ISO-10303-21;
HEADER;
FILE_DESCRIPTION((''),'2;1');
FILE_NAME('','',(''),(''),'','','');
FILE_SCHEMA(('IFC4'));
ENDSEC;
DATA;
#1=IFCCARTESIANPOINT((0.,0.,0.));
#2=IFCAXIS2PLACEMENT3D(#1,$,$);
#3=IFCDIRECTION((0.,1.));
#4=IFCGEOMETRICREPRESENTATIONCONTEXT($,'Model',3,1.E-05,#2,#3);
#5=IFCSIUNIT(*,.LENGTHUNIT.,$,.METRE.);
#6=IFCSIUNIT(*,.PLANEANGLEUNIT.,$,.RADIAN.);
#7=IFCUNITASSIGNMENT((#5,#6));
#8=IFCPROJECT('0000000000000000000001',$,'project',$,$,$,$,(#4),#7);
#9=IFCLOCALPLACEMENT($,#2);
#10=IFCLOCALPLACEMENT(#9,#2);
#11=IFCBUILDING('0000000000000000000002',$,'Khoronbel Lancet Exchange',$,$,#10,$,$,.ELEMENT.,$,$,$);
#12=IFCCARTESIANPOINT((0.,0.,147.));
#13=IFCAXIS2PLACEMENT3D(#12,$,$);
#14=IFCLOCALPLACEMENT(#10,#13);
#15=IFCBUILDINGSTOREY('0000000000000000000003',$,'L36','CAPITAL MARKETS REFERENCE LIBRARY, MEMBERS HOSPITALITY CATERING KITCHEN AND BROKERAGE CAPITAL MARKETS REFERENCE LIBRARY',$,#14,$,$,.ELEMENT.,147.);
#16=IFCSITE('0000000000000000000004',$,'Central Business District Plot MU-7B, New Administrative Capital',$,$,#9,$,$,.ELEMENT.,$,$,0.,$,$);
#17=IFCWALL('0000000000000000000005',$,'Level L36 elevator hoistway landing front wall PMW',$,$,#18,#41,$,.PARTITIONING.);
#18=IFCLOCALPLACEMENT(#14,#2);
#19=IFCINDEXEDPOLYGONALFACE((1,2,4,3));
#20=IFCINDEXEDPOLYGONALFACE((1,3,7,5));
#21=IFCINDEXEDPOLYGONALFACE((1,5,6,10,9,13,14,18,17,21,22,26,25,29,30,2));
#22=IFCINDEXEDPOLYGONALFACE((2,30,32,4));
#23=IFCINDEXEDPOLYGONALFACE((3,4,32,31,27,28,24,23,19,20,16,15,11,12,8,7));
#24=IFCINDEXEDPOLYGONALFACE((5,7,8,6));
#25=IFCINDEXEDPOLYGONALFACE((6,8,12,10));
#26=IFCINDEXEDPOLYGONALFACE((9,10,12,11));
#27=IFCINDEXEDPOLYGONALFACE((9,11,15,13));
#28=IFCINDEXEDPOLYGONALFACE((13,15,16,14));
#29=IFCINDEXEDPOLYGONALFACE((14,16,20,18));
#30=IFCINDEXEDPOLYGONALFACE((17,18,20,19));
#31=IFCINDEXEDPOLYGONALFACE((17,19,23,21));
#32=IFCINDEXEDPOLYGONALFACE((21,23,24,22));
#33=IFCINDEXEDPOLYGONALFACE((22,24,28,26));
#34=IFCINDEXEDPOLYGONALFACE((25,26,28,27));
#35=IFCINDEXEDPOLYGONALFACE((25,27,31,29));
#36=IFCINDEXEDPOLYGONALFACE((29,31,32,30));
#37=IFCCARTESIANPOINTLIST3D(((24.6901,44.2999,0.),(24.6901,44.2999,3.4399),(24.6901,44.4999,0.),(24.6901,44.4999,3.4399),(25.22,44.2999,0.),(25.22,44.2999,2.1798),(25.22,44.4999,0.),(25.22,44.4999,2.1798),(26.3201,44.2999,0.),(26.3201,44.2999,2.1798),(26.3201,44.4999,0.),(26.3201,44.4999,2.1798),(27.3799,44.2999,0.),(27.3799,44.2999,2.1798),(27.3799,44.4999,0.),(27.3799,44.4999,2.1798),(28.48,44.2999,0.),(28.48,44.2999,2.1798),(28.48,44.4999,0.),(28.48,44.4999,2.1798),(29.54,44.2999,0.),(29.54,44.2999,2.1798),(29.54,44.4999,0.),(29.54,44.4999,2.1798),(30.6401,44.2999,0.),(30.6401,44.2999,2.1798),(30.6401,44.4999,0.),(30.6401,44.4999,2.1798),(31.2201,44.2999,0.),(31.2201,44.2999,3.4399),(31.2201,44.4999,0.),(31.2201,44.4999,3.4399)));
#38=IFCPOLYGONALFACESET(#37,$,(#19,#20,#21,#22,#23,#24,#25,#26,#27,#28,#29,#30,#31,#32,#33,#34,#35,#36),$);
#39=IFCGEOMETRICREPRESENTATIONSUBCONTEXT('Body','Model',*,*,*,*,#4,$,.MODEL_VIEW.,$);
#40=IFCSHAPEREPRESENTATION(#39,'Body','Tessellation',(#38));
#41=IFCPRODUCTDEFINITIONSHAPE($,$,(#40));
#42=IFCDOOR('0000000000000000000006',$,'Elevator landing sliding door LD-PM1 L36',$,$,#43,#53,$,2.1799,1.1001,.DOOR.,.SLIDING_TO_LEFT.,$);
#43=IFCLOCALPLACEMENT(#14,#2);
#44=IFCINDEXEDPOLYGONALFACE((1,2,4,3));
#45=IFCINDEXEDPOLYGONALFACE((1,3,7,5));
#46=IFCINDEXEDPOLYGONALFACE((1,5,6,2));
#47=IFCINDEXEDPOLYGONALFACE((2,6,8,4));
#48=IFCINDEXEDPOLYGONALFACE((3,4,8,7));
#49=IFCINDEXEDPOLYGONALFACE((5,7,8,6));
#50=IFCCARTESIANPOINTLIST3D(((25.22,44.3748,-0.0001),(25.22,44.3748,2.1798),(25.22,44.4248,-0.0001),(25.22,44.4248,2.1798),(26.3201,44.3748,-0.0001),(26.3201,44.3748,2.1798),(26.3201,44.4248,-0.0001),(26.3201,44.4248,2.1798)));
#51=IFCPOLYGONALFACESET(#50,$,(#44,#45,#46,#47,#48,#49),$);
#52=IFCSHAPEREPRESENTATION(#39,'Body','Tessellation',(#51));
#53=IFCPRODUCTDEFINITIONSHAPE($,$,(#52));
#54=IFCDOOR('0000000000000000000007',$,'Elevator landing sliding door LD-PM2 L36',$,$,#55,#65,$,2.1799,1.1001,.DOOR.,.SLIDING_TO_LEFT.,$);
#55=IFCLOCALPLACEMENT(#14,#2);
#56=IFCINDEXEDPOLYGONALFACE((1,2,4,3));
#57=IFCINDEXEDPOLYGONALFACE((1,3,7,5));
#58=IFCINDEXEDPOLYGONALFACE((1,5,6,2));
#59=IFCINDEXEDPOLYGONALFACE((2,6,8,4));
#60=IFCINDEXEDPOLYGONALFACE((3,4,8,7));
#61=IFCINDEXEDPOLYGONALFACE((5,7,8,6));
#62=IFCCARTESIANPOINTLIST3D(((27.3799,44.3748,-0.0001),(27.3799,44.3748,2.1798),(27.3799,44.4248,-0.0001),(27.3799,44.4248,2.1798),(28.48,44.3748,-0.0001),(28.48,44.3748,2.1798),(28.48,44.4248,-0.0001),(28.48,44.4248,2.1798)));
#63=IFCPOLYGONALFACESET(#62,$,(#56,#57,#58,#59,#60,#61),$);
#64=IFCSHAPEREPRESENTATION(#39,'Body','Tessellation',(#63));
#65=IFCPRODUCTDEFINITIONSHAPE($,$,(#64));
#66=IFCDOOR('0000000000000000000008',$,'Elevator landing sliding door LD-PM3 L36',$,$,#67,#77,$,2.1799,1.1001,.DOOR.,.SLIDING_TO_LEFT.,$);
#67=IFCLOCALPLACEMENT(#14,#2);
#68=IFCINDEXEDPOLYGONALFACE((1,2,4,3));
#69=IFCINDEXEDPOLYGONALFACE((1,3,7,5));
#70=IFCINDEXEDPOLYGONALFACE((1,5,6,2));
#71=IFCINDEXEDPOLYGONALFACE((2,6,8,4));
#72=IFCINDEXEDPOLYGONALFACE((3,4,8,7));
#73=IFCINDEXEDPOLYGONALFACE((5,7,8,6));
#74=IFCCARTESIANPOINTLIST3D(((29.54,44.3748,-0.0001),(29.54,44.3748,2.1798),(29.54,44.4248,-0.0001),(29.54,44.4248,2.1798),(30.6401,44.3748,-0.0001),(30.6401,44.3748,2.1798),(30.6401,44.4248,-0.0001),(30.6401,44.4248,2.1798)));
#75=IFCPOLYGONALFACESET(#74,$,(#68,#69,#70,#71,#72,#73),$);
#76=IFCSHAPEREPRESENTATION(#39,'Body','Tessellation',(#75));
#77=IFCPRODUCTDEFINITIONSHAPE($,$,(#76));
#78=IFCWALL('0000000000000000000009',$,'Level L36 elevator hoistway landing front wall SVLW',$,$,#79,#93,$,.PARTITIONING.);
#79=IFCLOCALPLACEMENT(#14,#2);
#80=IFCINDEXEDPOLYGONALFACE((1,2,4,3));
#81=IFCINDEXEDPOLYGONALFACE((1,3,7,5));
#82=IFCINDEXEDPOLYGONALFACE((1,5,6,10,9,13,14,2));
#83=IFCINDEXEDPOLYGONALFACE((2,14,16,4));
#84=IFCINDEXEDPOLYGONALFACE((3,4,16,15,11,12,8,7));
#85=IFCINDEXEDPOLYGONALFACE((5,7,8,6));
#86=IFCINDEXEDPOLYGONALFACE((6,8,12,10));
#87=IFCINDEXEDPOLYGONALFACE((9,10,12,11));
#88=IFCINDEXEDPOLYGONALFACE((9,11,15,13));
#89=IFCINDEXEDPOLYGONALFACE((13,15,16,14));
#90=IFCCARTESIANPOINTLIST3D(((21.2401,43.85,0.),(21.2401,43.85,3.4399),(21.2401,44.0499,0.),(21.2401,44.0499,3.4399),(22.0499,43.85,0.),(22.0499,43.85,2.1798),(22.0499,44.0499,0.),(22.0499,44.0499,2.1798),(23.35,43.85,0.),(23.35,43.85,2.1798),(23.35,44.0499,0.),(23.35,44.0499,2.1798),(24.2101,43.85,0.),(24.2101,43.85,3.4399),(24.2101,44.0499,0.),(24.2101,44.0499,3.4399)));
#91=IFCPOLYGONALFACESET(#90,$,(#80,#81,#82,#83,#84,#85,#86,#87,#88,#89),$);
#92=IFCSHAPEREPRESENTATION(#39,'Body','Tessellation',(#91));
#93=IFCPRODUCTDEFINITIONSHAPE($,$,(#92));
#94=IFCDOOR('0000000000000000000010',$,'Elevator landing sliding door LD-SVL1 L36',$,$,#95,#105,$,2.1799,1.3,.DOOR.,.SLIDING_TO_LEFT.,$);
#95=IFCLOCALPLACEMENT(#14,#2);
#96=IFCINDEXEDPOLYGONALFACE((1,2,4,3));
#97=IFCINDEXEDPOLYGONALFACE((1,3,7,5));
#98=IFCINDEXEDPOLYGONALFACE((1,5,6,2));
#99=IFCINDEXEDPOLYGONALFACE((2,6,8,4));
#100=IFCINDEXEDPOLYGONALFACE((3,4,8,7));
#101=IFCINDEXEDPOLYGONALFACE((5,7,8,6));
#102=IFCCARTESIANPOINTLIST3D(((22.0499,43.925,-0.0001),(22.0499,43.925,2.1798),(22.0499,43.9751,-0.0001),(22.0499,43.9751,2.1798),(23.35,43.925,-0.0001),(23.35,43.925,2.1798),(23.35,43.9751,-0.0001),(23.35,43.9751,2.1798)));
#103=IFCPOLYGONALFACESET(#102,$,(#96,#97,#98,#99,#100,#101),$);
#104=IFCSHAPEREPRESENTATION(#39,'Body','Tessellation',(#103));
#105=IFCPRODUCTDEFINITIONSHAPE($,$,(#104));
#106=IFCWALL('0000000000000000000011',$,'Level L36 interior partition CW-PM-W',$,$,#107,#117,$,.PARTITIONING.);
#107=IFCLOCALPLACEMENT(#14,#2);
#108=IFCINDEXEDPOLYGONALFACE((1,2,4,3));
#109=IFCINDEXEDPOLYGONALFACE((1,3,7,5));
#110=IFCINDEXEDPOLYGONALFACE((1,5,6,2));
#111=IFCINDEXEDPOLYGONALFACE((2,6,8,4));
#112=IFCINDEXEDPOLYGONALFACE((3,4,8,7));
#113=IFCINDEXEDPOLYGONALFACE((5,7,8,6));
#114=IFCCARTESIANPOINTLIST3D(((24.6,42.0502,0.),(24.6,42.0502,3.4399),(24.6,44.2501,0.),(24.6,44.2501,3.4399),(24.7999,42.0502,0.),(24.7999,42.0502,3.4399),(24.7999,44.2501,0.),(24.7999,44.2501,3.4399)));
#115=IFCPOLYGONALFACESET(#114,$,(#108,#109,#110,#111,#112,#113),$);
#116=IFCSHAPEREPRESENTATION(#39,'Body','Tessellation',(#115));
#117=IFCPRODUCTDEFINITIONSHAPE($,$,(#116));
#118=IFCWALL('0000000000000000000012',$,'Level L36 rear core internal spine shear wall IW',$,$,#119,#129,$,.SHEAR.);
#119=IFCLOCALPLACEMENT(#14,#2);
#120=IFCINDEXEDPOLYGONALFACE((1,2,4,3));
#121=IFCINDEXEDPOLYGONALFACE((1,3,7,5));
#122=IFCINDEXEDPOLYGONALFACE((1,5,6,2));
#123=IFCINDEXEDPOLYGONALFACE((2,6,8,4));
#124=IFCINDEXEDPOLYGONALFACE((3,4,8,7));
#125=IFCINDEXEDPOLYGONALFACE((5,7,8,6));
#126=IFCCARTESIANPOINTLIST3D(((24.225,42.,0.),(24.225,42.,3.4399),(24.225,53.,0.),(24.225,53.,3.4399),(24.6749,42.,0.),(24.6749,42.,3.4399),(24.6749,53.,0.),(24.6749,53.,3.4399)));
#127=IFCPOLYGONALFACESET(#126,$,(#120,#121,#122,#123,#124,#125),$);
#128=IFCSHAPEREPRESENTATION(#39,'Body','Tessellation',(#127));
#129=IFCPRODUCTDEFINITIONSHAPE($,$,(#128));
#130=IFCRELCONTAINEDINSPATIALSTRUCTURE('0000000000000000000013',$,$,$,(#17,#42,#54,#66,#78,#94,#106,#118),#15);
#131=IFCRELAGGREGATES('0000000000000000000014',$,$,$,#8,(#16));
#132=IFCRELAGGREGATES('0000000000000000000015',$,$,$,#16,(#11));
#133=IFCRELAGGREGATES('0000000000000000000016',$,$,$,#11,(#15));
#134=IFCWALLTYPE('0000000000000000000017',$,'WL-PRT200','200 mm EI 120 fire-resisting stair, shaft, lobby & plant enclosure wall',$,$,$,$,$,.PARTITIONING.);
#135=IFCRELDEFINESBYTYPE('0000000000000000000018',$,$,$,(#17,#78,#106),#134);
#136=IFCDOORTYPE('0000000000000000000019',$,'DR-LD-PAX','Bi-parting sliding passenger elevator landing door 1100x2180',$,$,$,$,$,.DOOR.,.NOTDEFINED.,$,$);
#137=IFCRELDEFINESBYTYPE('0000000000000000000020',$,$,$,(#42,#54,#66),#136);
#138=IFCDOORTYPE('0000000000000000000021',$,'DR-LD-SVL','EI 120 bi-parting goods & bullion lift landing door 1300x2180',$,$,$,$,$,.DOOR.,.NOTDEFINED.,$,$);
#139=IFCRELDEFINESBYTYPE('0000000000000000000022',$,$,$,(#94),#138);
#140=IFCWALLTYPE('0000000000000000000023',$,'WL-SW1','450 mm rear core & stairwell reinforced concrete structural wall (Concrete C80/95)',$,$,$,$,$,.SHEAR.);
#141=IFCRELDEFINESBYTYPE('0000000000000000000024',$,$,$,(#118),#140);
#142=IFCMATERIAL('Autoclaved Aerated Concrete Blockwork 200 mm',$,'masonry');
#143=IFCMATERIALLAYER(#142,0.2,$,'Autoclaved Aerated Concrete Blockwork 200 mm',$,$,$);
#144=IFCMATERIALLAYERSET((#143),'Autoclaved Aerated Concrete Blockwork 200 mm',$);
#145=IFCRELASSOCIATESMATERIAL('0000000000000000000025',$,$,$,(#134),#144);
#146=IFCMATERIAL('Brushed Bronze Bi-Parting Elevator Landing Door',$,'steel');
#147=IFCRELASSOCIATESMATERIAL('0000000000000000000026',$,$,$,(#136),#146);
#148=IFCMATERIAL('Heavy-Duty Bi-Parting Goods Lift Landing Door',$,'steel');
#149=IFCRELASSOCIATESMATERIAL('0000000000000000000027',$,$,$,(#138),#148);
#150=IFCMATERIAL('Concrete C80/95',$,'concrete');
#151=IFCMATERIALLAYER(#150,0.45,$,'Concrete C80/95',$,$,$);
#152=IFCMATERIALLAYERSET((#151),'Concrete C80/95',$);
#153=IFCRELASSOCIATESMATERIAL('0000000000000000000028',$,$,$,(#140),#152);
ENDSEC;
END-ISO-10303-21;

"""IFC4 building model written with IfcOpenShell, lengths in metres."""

from ifc_helpers import new_model, si_unit, direction, frame, frame_2d, origin, place, context, subcontext, project, spatial, rectangle, extrude, material, layer, layer_set, type_object, element, fill, save


model = new_model("IFC4")

# Units and contexts
model_context = context("Model", 3, precision=1e-05, world=origin(), true_north=direction((0.0, 1.0)))
body_context = subcontext(model_context, "Body", "Model", "MODEL_VIEW")
ifc_project = project(units=[si_unit("LENGTHUNIT", "METRE"), si_unit("PLANEANGLEUNIT", "RADIAN")], contexts=[model_context])

# Site, building, storey
site_placement = place(None, origin())
site = spatial("IfcSite", under=ifc_project, at=site_placement, Name="Central Business District Plot MU-7B, New Administrative Capital", CompositionType="ELEMENT", RefElevation=0.0)
building_placement = place(site_placement, origin())
building = spatial("IfcBuilding", under=site, at=building_placement, Name="Khoronbel Lancet Exchange", CompositionType="ELEMENT")
storey_placement = place(building_placement, frame((0.0, 0.0, 147.0)))
storey = spatial("IfcBuildingStorey", under=building, at=storey_placement, Name="L36", Description="CAPITAL MARKETS REFERENCE LIBRARY, MEMBERS HOSPITALITY CATERING KITCHEN AND BROKERAGE CAPITAL MARKETS REFERENCE LIBRARY", CompositionType="ELEMENT", Elevation=147.0)

# Shared definitions
ifc_material_1 = material(Name="Concrete C80/95", Category="concrete")

# Wall, openings, doors
ifc_material_2 = material(Name="Autoclaved Aerated Concrete Blockwork 200 mm", Category="masonry")
ifc_layer_1 = layer(ifc_material_2, 0.2, Name="Autoclaved Aerated Concrete Blockwork 200 mm")
ifc_layer_set_1 = layer_set([ifc_layer_1], Name="Autoclaved Aerated Concrete Blockwork 200 mm")
wall_type_1 = type_object("IfcWallType", Name="WL-PRT200", Description="200 mm EI 120 fire-resisting stair, shaft, lobby & plant enclosure wall", PredefinedType="PARTITIONING", material=ifc_layer_set_1)
wall_1_placement = place(storey_placement, frame((24.6899, 44.3999, 0.0), z_axis=(0.0, 0.0, 1.0), x_axis=(1.0, 0.0, 0.0)))
wall_1 = element("IfcWall", 1, at=wall_1_placement, inside=storey, type_object=wall_type_1, Name="Level L36 elevator hoistway landing front wall PMW", PredefinedType="PARTITIONING", context=body_context, shape_type="SweptSolid", body=[
    extrude(rectangle(XDim=6.53, YDim=0.2, at=frame_2d((3.2651, 0.0))), origin(), (0.0, 0.0, 1.0), 3.4399),
])
opening_1_placement = place(wall_1_placement, frame((0.53, 0.0, 0.0)))
opening_1 = element("IfcOpeningElement", 2, at=opening_1_placement, cuts=wall_1, PredefinedType="OPENING", context=body_context, shape_type="SweptSolid", body=[
    extrude(rectangle(XDim=1.1001, YDim=2.1799, at=frame_2d((0.55, 1.0898))), frame((0.0, 0.1099, 0.0), z_axis=(0.0, -1.0, 0.0), x_axis=(1.0, 0.0, 0.0)), (0.0, 0.0, 1.0), 0.22),
])
opening_2_placement = place(wall_1_placement, frame((2.6899, 0.0, 0.0)))
opening_2 = element("IfcOpeningElement", 3, at=opening_2_placement, cuts=wall_1, PredefinedType="OPENING", context=body_context, shape_type="SweptSolid", body=[
    extrude(rectangle(XDim=1.1001, YDim=2.1799, at=frame_2d((0.55, 1.0898))), frame((0.0, 0.1099, 0.0), z_axis=(0.0, -1.0, 0.0), x_axis=(1.0, 0.0, 0.0)), (0.0, 0.0, 1.0), 0.22),
])
opening_3_placement = place(wall_1_placement, frame((4.8501, 0.0, 0.0)))
opening_3 = element("IfcOpeningElement", 4, at=opening_3_placement, cuts=wall_1, PredefinedType="OPENING", context=body_context, shape_type="SweptSolid", body=[
    extrude(rectangle(XDim=1.1001, YDim=2.1799, at=frame_2d((0.55, 1.0898))), frame((0.0, 0.1099, 0.0), z_axis=(0.0, -1.0, 0.0), x_axis=(1.0, 0.0, 0.0)), (0.0, 0.0, 1.0), 0.22),
])
ifc_material_3 = material(Name="Brushed Bronze Bi-Parting Elevator Landing Door", Category="steel")
door_type_1 = type_object("IfcDoorType", Name="DR-LD-PAX", Description="Bi-parting sliding passenger elevator landing door 1100x2180", OperationType="NOTDEFINED", PredefinedType="DOOR", material=ifc_material_3)
door_1_placement = place(opening_1_placement, origin())
door_1 = element("IfcDoor", 5, at=door_1_placement, inside=storey, type_object=door_type_1, Name="Elevator landing sliding door LD-PM1 L36", OperationType="SLIDING_TO_LEFT", OverallHeight=2.1799, OverallWidth=1.1001, PredefinedType="DOOR", context=body_context, shape_type="SweptSolid", body=[
    extrude(rectangle(XDim=1.1001, YDim=2.1799, at=frame_2d((0.55, 1.0898))), frame((0.0, 0.0249, 0.0), z_axis=(0.0, -1.0, 0.0), x_axis=(1.0, 0.0, 0.0)), (0.0, 0.0, 1.0), 0.05),
])
fill(opening_1, door_1)
door_2_placement = place(opening_2_placement, origin())
door_2 = element("IfcDoor", 6, at=door_2_placement, inside=storey, type_object=door_type_1, Name="Elevator landing sliding door LD-PM2 L36", OperationType="SLIDING_TO_LEFT", OverallHeight=2.1799, OverallWidth=1.1001, PredefinedType="DOOR", context=body_context, shape_type="SweptSolid", body=[
    extrude(rectangle(XDim=1.1001, YDim=2.1799, at=frame_2d((0.55, 1.0898))), frame((0.0, 0.0249, 0.0), z_axis=(0.0, -1.0, 0.0), x_axis=(1.0, 0.0, 0.0)), (0.0, 0.0, 1.0), 0.05),
])
fill(opening_2, door_2)
door_3_placement = place(opening_3_placement, origin())
door_3 = element("IfcDoor", 7, at=door_3_placement, inside=storey, type_object=door_type_1, Name="Elevator landing sliding door LD-PM3 L36", OperationType="SLIDING_TO_LEFT", OverallHeight=2.1799, OverallWidth=1.1001, PredefinedType="DOOR", context=body_context, shape_type="SweptSolid", body=[
    extrude(rectangle(XDim=1.1001, YDim=2.1799, at=frame_2d((0.55, 1.0898))), frame((0.0, 0.0249, 0.0), z_axis=(0.0, -1.0, 0.0), x_axis=(1.0, 0.0, 0.0)), (0.0, 0.0, 1.0), 0.05),
])
fill(opening_3, door_3)

# Wall, opening, door
wall_2_placement = place(storey_placement, frame((24.21, 43.95, 0.0), z_axis=(0.0, 0.0, 1.0), x_axis=(-1.0, 0.0, 0.0)))
wall_2 = element("IfcWall", 8, at=wall_2_placement, inside=storey, type_object=wall_type_1, Name="Level L36 elevator hoistway landing front wall SVLW", PredefinedType="PARTITIONING", context=body_context, shape_type="SweptSolid", body=[
    extrude(rectangle(XDim=2.97, YDim=0.2, at=frame_2d((1.4849, 0.0))), origin(), (0.0, 0.0, 1.0), 3.4399),
])
opening_4_placement = place(wall_2_placement, frame((0.8601, 0.0, 0.0)))
opening_4 = element("IfcOpeningElement", 9, at=opening_4_placement, cuts=wall_2, PredefinedType="OPENING", context=body_context, shape_type="SweptSolid", body=[
    extrude(rectangle(XDim=1.3, YDim=2.1799, at=frame_2d((0.6499, 1.0898))), frame((0.0, 0.1099, 0.0), z_axis=(0.0, -1.0, 0.0), x_axis=(1.0, 0.0, 0.0)), (0.0, 0.0, 1.0), 0.22),
])
ifc_material_4 = material(Name="Heavy-Duty Bi-Parting Goods Lift Landing Door", Category="steel")
door_type_2 = type_object("IfcDoorType", Name="DR-LD-SVL", Description="EI 120 bi-parting goods & bullion lift landing door 1300x2180", OperationType="NOTDEFINED", PredefinedType="DOOR", material=ifc_material_4)
door_4_placement = place(opening_4_placement, origin())
door_4 = element("IfcDoor", 10, at=door_4_placement, inside=storey, type_object=door_type_2, Name="Elevator landing sliding door LD-SVL1 L36", OperationType="SLIDING_TO_LEFT", OverallHeight=2.1799, OverallWidth=1.3, PredefinedType="DOOR", context=body_context, shape_type="SweptSolid", body=[
    extrude(rectangle(XDim=1.3, YDim=2.1799, at=frame_2d((0.6499, 1.0898))), frame((0.0, 0.0249, 0.0), z_axis=(0.0, -1.0, 0.0), x_axis=(1.0, 0.0, 0.0)), (0.0, 0.0, 1.0), 0.05),
])
fill(opening_4, door_4)

# Walls
wall_3_placement = place(storey_placement, frame((24.7, 42.05, 0.0), z_axis=(0.0, 0.0, 1.0), x_axis=(0.0, 1.0, 0.0)))
element("IfcWall", 11, at=wall_3_placement, inside=storey, type_object=wall_type_1, Name="Level L36 interior partition CW-PM-W", PredefinedType="PARTITIONING", context=body_context, shape_type="SweptSolid", body=[
    extrude(rectangle(XDim=2.2, YDim=0.2, at=frame_2d((1.1001, 0.0))), origin(), (0.0, 0.0, 1.0), 3.4399),
])
ifc_layer_2 = layer(ifc_material_1, 0.45, Name="Concrete C80/95")
ifc_layer_set_2 = layer_set([ifc_layer_2], Name="Concrete C80/95")
wall_type_2 = type_object("IfcWallType", Name="WL-SW1", Description="450 mm rear core & stairwell reinforced concrete structural wall (Concrete C80/95)", PredefinedType="SHEAR", material=ifc_layer_set_2)
wall_4_placement = place(storey_placement, frame((24.45, 42.0, 0.0), z_axis=(0.0, 0.0, 1.0), x_axis=(0.0, 1.0, 0.0)))
element("IfcWall", 12, at=wall_4_placement, inside=storey, type_object=wall_type_2, Name="Level L36 rear core internal spine shear wall IW", PredefinedType="SHEAR", context=body_context, shape_type="SweptSolid", body=[
    extrude(rectangle(XDim=11.0, YDim=0.45, at=frame_2d((5.5, 0.0))), origin(), (0.0, 0.0, 1.0), 3.4399),
])

save(model, "model.ifc")
